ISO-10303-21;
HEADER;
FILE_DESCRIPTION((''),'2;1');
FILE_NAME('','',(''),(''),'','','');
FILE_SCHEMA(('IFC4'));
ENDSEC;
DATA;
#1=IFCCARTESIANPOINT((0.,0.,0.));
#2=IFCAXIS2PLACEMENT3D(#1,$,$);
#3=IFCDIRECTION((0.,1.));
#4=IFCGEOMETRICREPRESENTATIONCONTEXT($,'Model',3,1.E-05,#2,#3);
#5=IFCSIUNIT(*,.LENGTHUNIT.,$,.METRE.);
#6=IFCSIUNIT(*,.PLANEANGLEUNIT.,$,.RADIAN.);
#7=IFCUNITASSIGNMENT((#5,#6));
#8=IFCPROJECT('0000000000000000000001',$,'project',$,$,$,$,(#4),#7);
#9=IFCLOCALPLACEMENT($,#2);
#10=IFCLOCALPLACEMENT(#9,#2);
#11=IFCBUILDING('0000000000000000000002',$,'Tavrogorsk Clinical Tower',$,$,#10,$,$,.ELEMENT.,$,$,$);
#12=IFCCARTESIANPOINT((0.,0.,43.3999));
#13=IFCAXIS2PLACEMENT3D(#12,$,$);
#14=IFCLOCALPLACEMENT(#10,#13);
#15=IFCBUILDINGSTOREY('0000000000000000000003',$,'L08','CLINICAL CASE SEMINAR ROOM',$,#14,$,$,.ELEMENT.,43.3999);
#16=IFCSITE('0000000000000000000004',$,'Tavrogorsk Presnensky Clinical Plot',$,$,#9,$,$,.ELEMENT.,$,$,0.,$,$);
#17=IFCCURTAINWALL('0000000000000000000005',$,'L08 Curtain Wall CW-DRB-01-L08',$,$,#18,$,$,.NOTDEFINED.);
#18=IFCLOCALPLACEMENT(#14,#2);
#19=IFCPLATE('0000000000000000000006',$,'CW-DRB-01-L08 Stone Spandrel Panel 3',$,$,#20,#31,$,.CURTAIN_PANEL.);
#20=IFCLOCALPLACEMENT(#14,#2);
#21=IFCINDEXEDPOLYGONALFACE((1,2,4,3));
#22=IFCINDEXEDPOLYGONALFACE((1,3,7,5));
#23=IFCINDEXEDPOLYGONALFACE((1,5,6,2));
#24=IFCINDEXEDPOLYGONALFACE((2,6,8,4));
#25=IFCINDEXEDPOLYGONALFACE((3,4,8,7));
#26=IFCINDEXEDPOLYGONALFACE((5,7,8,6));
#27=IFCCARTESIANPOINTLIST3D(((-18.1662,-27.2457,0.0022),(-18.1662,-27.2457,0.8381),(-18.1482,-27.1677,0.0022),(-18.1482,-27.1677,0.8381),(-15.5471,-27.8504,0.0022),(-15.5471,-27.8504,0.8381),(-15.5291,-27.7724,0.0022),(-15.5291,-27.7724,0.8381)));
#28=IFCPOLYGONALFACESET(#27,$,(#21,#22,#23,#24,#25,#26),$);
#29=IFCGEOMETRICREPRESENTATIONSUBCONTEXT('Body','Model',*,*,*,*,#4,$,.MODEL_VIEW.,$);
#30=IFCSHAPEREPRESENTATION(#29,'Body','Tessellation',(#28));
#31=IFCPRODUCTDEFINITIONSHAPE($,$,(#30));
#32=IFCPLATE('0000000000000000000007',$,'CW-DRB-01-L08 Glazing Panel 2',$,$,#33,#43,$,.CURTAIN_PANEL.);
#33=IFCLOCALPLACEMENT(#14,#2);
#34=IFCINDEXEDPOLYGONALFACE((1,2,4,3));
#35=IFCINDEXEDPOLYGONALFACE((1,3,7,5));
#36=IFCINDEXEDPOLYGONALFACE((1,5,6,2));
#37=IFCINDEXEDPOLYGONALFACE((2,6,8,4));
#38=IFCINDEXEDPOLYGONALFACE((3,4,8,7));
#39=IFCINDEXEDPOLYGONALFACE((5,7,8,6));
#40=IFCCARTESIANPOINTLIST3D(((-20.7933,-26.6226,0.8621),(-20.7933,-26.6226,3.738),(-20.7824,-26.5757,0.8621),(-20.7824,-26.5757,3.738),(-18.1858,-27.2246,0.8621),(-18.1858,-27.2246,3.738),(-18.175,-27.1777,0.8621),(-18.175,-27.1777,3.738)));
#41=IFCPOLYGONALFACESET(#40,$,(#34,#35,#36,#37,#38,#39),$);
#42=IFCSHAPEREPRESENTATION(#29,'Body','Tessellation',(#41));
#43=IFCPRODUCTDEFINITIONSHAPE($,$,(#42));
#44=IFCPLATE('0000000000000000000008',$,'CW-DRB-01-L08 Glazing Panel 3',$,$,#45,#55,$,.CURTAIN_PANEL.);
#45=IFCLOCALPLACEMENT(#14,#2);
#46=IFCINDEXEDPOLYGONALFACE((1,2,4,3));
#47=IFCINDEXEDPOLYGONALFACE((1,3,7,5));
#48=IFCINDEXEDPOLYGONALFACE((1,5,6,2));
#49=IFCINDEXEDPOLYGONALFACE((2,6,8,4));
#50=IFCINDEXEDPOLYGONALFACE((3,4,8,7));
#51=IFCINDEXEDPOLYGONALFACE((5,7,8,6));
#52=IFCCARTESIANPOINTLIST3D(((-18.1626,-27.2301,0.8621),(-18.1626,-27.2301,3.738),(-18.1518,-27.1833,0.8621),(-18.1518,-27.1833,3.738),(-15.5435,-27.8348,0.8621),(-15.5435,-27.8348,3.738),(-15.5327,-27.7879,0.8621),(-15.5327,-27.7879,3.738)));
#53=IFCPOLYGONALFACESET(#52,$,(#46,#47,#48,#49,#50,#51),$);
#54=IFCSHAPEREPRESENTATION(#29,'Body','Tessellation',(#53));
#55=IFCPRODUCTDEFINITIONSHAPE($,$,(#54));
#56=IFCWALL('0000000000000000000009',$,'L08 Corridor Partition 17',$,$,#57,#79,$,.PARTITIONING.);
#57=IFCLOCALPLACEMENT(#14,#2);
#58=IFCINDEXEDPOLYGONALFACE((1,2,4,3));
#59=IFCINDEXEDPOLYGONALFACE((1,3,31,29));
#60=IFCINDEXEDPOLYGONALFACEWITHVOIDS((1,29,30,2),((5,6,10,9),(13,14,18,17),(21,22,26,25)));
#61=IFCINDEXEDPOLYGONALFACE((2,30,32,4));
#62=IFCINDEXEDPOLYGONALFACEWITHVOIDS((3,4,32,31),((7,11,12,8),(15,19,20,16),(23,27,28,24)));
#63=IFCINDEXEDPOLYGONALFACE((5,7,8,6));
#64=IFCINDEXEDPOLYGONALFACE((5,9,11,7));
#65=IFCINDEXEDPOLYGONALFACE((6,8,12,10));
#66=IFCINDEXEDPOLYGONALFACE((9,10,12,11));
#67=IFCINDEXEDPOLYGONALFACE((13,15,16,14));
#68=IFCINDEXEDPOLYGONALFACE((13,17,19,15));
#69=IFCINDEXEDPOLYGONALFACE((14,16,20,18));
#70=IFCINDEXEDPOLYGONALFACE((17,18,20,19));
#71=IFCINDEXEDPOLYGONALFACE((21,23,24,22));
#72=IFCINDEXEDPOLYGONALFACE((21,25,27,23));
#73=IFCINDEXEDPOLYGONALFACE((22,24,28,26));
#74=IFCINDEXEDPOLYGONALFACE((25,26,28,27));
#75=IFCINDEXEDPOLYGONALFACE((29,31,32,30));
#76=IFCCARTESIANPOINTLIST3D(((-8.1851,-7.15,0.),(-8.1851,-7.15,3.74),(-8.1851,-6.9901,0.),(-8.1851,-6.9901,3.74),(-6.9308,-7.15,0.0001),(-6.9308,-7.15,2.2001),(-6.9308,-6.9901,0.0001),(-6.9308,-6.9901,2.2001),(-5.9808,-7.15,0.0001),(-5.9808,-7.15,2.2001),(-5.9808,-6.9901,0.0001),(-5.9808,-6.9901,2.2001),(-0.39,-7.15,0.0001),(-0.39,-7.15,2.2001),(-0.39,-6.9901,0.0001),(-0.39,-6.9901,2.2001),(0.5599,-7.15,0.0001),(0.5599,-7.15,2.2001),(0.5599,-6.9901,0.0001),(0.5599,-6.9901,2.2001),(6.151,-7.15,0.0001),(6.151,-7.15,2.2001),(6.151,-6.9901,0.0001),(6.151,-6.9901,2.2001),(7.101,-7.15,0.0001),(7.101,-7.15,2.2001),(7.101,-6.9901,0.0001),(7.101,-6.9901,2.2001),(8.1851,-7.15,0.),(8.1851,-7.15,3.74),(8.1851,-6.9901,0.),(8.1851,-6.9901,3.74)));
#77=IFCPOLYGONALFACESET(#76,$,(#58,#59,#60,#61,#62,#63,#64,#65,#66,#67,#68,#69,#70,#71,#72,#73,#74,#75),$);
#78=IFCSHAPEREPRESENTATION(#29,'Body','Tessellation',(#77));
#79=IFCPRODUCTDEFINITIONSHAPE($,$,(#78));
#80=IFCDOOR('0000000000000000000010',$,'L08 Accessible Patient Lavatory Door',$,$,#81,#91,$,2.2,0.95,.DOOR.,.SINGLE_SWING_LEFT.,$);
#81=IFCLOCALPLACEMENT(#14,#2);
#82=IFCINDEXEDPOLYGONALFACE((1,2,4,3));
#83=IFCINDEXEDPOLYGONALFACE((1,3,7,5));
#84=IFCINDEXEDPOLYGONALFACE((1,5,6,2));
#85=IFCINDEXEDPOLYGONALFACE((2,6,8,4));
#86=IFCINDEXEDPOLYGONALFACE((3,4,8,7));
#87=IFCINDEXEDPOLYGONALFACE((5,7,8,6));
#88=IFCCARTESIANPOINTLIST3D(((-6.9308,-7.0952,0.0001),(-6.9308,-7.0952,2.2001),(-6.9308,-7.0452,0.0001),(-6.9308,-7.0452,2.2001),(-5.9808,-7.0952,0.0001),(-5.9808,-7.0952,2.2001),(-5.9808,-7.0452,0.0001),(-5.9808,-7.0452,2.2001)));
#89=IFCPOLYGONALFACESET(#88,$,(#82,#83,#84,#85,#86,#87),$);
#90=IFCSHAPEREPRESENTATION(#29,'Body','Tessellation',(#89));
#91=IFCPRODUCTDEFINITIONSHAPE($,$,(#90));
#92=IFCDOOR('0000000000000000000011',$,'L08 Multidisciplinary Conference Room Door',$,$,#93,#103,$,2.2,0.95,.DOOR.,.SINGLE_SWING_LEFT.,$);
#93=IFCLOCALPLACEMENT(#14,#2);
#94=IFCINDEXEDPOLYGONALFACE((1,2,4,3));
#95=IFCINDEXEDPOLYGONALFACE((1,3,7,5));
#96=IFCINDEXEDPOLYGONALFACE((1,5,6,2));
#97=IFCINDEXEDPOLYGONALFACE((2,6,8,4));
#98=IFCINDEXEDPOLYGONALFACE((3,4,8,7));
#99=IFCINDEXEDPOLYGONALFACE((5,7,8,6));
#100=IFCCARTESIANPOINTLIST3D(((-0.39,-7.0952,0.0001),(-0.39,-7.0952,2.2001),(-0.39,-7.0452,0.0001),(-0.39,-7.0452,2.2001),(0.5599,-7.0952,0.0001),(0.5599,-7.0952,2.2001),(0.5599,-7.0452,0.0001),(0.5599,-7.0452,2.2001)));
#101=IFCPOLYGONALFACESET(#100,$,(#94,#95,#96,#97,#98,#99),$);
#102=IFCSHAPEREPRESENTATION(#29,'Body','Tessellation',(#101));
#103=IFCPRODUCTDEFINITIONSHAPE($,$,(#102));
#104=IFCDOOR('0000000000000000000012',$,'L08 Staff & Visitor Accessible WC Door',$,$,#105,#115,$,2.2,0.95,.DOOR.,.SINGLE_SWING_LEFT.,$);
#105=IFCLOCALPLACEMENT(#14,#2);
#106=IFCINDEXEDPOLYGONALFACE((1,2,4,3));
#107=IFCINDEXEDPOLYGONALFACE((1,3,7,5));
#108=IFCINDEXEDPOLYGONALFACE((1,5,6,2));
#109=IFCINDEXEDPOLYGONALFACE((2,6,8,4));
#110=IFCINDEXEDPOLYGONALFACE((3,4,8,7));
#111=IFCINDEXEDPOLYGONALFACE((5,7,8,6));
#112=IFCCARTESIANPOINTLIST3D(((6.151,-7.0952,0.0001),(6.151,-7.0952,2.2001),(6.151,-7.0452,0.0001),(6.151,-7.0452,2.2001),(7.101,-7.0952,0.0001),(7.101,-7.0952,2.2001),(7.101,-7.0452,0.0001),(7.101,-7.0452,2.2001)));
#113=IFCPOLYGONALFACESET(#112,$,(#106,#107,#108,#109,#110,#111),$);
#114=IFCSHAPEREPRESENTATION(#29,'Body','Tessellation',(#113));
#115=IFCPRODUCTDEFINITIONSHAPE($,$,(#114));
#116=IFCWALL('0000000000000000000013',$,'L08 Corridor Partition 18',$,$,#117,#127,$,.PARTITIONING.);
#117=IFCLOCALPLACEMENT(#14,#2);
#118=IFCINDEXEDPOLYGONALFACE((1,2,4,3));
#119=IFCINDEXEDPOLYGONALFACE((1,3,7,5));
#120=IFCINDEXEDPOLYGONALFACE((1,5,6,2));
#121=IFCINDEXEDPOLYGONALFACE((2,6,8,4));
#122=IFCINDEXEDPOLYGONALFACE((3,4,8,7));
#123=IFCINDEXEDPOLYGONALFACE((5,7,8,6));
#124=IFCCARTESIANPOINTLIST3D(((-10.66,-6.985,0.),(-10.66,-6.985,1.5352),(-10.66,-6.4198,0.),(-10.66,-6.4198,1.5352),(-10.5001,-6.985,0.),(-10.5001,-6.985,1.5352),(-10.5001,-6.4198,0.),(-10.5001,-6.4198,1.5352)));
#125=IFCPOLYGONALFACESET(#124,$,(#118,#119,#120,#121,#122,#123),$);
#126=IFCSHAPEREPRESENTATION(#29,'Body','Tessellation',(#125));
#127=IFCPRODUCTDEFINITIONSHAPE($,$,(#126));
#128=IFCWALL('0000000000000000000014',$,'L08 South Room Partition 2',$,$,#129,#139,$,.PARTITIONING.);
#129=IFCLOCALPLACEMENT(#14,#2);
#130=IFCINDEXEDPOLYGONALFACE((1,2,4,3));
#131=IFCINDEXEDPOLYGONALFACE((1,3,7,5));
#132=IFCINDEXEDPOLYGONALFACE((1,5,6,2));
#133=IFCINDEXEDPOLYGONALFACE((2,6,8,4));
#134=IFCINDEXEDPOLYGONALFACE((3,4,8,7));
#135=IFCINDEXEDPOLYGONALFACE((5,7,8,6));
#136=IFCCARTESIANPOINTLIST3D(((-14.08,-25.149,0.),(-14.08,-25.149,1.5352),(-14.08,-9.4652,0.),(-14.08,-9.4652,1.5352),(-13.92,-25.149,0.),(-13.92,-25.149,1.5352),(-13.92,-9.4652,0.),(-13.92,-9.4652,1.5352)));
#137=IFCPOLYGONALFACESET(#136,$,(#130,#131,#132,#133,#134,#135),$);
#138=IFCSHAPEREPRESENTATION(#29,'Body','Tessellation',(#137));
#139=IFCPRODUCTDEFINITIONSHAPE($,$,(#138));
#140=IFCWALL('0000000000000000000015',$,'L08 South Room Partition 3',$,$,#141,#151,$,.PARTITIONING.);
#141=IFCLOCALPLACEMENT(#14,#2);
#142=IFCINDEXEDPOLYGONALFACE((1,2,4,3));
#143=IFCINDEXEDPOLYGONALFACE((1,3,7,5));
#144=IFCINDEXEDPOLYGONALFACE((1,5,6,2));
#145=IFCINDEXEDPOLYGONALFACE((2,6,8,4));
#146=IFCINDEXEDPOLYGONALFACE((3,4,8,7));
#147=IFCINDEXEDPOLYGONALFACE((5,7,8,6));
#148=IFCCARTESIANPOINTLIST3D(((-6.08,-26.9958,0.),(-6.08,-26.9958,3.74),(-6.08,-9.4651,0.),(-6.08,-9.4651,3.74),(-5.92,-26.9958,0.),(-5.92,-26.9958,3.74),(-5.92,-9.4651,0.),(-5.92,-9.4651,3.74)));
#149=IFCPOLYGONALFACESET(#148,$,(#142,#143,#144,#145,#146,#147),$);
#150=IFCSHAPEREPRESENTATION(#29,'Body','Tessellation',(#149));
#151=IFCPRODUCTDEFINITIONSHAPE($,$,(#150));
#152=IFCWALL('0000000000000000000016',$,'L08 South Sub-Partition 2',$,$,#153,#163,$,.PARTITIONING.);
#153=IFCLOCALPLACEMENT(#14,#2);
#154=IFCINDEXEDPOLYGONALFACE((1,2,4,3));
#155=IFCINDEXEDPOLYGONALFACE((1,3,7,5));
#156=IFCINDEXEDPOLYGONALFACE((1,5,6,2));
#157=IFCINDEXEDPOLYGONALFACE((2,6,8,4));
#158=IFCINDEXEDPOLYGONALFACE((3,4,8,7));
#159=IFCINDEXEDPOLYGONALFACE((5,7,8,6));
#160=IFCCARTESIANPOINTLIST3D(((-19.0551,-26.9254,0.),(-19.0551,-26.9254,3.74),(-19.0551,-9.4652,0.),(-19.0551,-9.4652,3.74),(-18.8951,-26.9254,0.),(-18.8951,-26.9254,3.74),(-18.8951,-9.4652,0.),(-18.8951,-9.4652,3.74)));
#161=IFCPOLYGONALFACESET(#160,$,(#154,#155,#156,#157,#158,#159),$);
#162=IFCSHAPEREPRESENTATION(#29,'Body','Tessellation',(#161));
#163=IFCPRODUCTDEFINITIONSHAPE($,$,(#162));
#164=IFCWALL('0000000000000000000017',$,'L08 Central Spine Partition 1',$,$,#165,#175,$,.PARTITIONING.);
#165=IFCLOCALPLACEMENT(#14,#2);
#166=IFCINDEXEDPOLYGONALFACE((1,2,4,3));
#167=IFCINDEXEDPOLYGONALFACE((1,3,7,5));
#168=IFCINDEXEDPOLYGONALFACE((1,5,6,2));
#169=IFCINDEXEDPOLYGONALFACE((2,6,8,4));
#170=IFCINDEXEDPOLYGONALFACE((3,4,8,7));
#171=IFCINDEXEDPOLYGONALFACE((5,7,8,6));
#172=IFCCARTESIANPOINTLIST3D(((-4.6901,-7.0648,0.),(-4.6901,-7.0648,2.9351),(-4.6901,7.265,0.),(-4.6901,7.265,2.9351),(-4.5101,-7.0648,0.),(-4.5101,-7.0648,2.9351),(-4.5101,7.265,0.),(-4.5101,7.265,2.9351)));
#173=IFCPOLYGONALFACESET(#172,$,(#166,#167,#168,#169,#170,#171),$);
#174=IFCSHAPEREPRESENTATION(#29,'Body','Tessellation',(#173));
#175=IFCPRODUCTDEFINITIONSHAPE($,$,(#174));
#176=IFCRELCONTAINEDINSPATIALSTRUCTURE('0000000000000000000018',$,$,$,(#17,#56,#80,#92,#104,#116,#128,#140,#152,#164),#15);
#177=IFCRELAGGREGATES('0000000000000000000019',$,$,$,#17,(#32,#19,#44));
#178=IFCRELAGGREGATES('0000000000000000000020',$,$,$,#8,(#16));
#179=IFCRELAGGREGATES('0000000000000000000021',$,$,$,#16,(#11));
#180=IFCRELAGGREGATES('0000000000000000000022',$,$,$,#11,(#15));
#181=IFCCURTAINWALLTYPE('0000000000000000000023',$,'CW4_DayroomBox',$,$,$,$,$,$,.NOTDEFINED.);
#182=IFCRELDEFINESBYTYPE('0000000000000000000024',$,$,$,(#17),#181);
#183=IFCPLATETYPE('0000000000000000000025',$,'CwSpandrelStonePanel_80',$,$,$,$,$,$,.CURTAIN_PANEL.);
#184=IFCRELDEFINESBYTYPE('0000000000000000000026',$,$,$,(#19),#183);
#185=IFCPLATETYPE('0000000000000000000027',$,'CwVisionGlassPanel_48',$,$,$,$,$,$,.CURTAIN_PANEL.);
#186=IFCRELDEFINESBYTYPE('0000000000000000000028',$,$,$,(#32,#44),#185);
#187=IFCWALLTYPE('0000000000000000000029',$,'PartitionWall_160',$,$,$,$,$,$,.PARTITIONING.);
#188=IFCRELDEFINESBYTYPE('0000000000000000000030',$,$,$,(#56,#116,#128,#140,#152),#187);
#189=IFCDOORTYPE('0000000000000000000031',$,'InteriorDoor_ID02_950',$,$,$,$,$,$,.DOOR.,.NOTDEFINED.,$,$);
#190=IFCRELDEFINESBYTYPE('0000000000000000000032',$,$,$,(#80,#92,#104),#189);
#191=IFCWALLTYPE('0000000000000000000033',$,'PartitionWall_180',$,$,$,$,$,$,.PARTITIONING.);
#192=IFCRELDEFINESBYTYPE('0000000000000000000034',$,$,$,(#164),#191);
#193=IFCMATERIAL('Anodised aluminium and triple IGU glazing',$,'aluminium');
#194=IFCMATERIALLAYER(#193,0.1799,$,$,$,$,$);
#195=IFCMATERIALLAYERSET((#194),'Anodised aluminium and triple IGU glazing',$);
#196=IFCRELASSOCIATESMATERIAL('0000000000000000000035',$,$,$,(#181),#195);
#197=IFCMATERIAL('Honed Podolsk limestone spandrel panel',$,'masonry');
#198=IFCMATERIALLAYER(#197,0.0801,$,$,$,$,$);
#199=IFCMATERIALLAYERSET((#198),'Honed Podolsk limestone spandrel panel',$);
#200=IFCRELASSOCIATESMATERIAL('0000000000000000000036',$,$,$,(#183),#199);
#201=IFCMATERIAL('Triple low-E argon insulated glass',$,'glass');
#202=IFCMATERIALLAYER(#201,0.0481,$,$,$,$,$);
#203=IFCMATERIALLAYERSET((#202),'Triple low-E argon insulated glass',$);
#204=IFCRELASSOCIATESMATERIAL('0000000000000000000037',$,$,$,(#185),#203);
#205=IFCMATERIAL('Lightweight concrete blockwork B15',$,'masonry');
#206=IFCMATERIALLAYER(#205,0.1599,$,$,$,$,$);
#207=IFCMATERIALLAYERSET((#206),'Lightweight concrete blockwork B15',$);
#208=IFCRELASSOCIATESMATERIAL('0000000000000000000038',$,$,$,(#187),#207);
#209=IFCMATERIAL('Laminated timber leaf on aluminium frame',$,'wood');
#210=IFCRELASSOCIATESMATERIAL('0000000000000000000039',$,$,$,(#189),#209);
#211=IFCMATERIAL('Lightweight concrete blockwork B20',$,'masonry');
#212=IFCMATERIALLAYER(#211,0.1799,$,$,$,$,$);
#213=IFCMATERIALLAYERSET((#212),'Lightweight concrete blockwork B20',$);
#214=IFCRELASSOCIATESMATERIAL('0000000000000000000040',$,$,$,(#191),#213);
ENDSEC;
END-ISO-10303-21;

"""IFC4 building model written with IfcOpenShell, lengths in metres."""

from ifc_helpers import new_model, si_unit, direction, frame, frame_2d, origin, origin_2d, place, context, subcontext, project, spatial, rectangle, extrude, material, layer, layer_set, type_object, element, fill, aggregate, save


model = new_model("IFC4")

# Units and contexts
model_context = context("Model", 3, precision=1e-05, world=origin(), true_north=direction((0.0, 1.0)))
body_context = subcontext(model_context, "Body", "Model", "MODEL_VIEW")
ifc_project = project(units=[si_unit("LENGTHUNIT", "METRE"), si_unit("PLANEANGLEUNIT", "RADIAN")], contexts=[model_context])

# Site, building, storey
site_placement = place(None, origin())
site = spatial("IfcSite", under=ifc_project, at=site_placement, Name="Tavrogorsk Presnensky Clinical Plot", CompositionType="ELEMENT", RefElevation=0.0)
building_placement = place(site_placement, origin())
building = spatial("IfcBuilding", under=site, at=building_placement, Name="Tavrogorsk Clinical Tower", CompositionType="ELEMENT")
storey_placement = place(building_placement, frame((0.0, 0.0, 43.3999)))
storey = spatial("IfcBuildingStorey", under=building, at=storey_placement, Name="L08", Description="CLINICAL CASE SEMINAR ROOM", CompositionType="ELEMENT", Elevation=43.3999)

# Curtain wall
ifc_material_1 = material(Name="Anodised aluminium and triple IGU glazing", Category="aluminium")
ifc_layer_1 = layer(ifc_material_1, 0.1799)
ifc_layer_set_1 = layer_set([ifc_layer_1], Name="Anodised aluminium and triple IGU glazing")
curtain_wall_type = type_object("IfcCurtainWallType", Name="CW4_DayroomBox", PredefinedType="NOTDEFINED", material=ifc_layer_set_1)
curtain_wall_placement = place(storey_placement, origin())
curtain_wall = element("IfcCurtainWall", 1, at=curtain_wall_placement, inside=storey, type_object=curtain_wall_type, Name="L08 Curtain Wall CW-DRB-01-L08", PredefinedType="NOTDEFINED")

# Plates
ifc_material_2 = material(Name="Honed Podolsk limestone spandrel panel", Category="masonry")
ifc_layer_2 = layer(ifc_material_2, 0.0801)
ifc_layer_set_2 = layer_set([ifc_layer_2], Name="Honed Podolsk limestone spandrel panel")
plate_type_1 = type_object("IfcPlateType", Name="CwSpandrelStonePanel_80", PredefinedType="CURTAIN_PANEL", material=ifc_layer_set_2)
plate_1_placement = place(storey_placement, frame((-16.8477, -27.509, 0.0022), z_axis=(0.0, 0.0, 1.0), x_axis=(0.97437, -0.224951, 0.0)))
plate_1 = element("IfcPlate", 2, at=plate_1_placement, type_object=plate_type_1, Name="CW-DRB-01-L08 Stone Spandrel Panel 3", PredefinedType="CURTAIN_PANEL", context=body_context, shape_type="SweptSolid", body=[
    extrude(rectangle(XDim=2.688, YDim=0.0801, at=origin_2d()), origin(), (0.0, 0.0, 1.0), 0.8359),
])
ifc_material_3 = material(Name="Triple low-E argon insulated glass", Category="glass")
ifc_layer_3 = layer(ifc_material_3, 0.0481)
ifc_layer_set_3 = layer_set([ifc_layer_3], Name="Triple low-E argon insulated glass")
plate_type_2 = type_object("IfcPlateType", Name="CwVisionGlassPanel_48", PredefinedType="CURTAIN_PANEL", material=ifc_layer_set_3)
plate_2_placement = place(storey_placement, frame((-19.4841, -26.9001, 0.8621), z_axis=(0.0, 0.0, 1.0), x_axis=(0.97437, -0.224951, 0.0)))
plate_2 = element("IfcPlate", 3, at=plate_2_placement, type_object=plate_type_2, Name="CW-DRB-01-L08 Glazing Panel 2", PredefinedType="CURTAIN_PANEL", context=body_context, shape_type="SweptSolid", body=[
    extrude(rectangle(XDim=2.676, YDim=0.0481, at=origin_2d()), origin(), (0.0, 0.0, 1.0), 2.876),
])
plate_3_placement = place(storey_placement, frame((-16.8477, -27.509, 0.8621), z_axis=(0.0, 0.0, 1.0), x_axis=(0.97437, -0.224951, 0.0)))
plate_3 = element("IfcPlate", 4, at=plate_3_placement, type_object=plate_type_2, Name="CW-DRB-01-L08 Glazing Panel 3", PredefinedType="CURTAIN_PANEL", context=body_context, shape_type="SweptSolid", body=[
    extrude(rectangle(XDim=2.688, YDim=0.0481, at=origin_2d()), origin(), (0.0, 0.0, 1.0), 2.876),
])
aggregate(curtain_wall, [plate_2, plate_1, plate_3])

# Wall, openings, doors
ifc_material_4 = material(Name="Lightweight concrete blockwork B15", Category="masonry")
ifc_layer_4 = layer(ifc_material_4, 0.1599)
ifc_layer_set_4 = layer_set([ifc_layer_4], Name="Lightweight concrete blockwork B15")
wall_type_1 = type_object("IfcWallType", Name="PartitionWall_160", PredefinedType="PARTITIONING", material=ifc_layer_set_4)
wall_1_placement = place(storey_placement, frame((-8.1851, -7.0701, 0.0), z_axis=(0.0, 0.0, 1.0), x_axis=(1.0, 0.0, 0.0)))
wall_1 = element("IfcWall", 5, at=wall_1_placement, inside=storey, type_object=wall_type_1, Name="L08 Corridor Partition 17", PredefinedType="PARTITIONING", context=body_context, shape_type="SweptSolid", body=[
    extrude(rectangle(XDim=16.3701, YDim=0.1599, at=frame_2d((8.1851, 0.0))), origin(), (0.0, 0.0, 1.0), 3.74),
])
opening_1_placement = place(wall_1_placement, frame((1.2542, 0.0, 0.0)))
opening_1 = element("IfcOpeningElement", 6, at=opening_1_placement, cuts=wall_1, PredefinedType="OPENING", context=body_context, shape_type="SweptSolid", body=[
    extrude(rectangle(XDim=0.95, YDim=2.2, at=frame_2d((0.4751, 1.1001))), frame((0.0, 0.0898, 0.0), z_axis=(0.0, -1.0, 0.0), x_axis=(1.0, 0.0, 0.0)), (0.0, 0.0, 1.0), 0.1799),
])
opening_2_placement = place(wall_1_placement, frame((7.7949, 0.0, 0.0)))
opening_2 = element("IfcOpeningElement", 7, at=opening_2_placement, cuts=wall_1, PredefinedType="OPENING", context=body_context, shape_type="SweptSolid", body=[
    extrude(rectangle(XDim=0.95, YDim=2.2, at=frame_2d((0.4751, 1.1001))), frame((0.0, 0.0898, 0.0), z_axis=(0.0, -1.0, 0.0), x_axis=(1.0, 0.0, 0.0)), (0.0, 0.0, 1.0), 0.1799),
])
opening_3_placement = place(wall_1_placement, frame((14.3359, 0.0, 0.0)))
opening_3 = element("IfcOpeningElement", 8, at=opening_3_placement, cuts=wall_1, PredefinedType="OPENING", context=body_context, shape_type="SweptSolid", body=[
    extrude(rectangle(XDim=0.95, YDim=2.2, at=frame_2d((0.4751, 1.1001))), frame((0.0, 0.0898, 0.0), z_axis=(0.0, -1.0, 0.0), x_axis=(1.0, 0.0, 0.0)), (0.0, 0.0, 1.0), 0.1799),
])
ifc_material_5 = material(Name="Laminated timber leaf on aluminium frame", Category="wood")
door_type = type_object("IfcDoorType", Name="InteriorDoor_ID02_950", OperationType="NOTDEFINED", PredefinedType="DOOR", material=ifc_material_5)
door_1_placement = place(opening_1_placement, origin())
door_1 = element("IfcDoor", 9, at=door_1_placement, inside=storey, type_object=door_type, Name="L08 Accessible Patient Lavatory Door", OperationType="SINGLE_SWING_LEFT", OverallHeight=2.2, OverallWidth=0.95, PredefinedType="DOOR", context=body_context, shape_type="SweptSolid", body=[
    extrude(rectangle(XDim=0.95, YDim=2.2, at=frame_2d((0.4751, 1.1001))), frame((0.0, 0.0249, 0.0), z_axis=(0.0, -1.0, 0.0), x_axis=(1.0, 0.0, 0.0)), (0.0, 0.0, 1.0), 0.05),
])
fill(opening_1, door_1)
door_2_placement = place(opening_2_placement, origin())
door_2 = element("IfcDoor", 10, at=door_2_placement, inside=storey, type_object=door_type, Name="L08 Multidisciplinary Conference Room Door", OperationType="SINGLE_SWING_LEFT", OverallHeight=2.2, OverallWidth=0.95, PredefinedType="DOOR", context=body_context, shape_type="SweptSolid", body=[
    extrude(rectangle(XDim=0.95, YDim=2.2, at=frame_2d((0.4751, 1.1001))), frame((0.0, 0.0249, 0.0), z_axis=(0.0, -1.0, 0.0), x_axis=(1.0, 0.0, 0.0)), (0.0, 0.0, 1.0), 0.05),
])
fill(opening_2, door_2)
door_3_placement = place(opening_3_placement, origin())
door_3 = element("IfcDoor", 11, at=door_3_placement, inside=storey, type_object=door_type, Name="L08 Staff & Visitor Accessible WC Door", OperationType="SINGLE_SWING_LEFT", OverallHeight=2.2, OverallWidth=0.95, PredefinedType="DOOR", context=body_context, shape_type="SweptSolid", body=[
    extrude(rectangle(XDim=0.95, YDim=2.2, at=frame_2d((0.4751, 1.1001))), frame((0.0, 0.0249, 0.0), z_axis=(0.0, -1.0, 0.0), x_axis=(1.0, 0.0, 0.0)), (0.0, 0.0, 1.0), 0.05),
])
fill(opening_3, door_3)

# Walls
wall_2_placement = place(storey_placement, frame((-10.5801, -6.9851, 0.0), z_axis=(0.0, 0.0, 1.0), x_axis=(0.0, 1.0, 0.0)))
element("IfcWall", 12, at=wall_2_placement, inside=storey, type_object=wall_type_1, Name="L08 Corridor Partition 18", PredefinedType="PARTITIONING", context=body_context, shape_type="SweptSolid", body=[
    extrude(rectangle(XDim=0.5652, YDim=0.1599, at=frame_2d((0.2827, 0.0))), origin(), (0.0, 0.0, 1.0), 1.5352),
])
wall_3_placement = place(storey_placement, frame((-14.0, -25.1489, 0.0), z_axis=(0.0, 0.0, 1.0), x_axis=(0.0, 1.0, 0.0)))
element("IfcWall", 13, at=wall_3_placement, inside=storey, type_object=wall_type_1, Name="L08 South Room Partition 2", PredefinedType="PARTITIONING", context=body_context, shape_type="SweptSolid", body=[
    extrude(rectangle(XDim=15.6838, YDim=0.1599, at=frame_2d((7.8418, 0.0))), origin(), (0.0, 0.0, 1.0), 1.5352),
])
wall_4_placement = place(storey_placement, frame((-6.0, -26.9958, 0.0), z_axis=(0.0, 0.0, 1.0), x_axis=(0.0, 1.0, 0.0)))
element("IfcWall", 14, at=wall_4_placement, inside=storey, type_object=wall_type_1, Name="L08 South Room Partition 3", PredefinedType="PARTITIONING", context=body_context, shape_type="SweptSolid", body=[
    extrude(rectangle(XDim=17.5308, YDim=0.1599, at=frame_2d((8.7654, 0.0))), origin(), (0.0, 0.0, 1.0), 3.74),
])
wall_5_placement = place(storey_placement, frame((-18.9751, -26.9253, 0.0), z_axis=(0.0, 0.0, 1.0), x_axis=(0.0, 1.0, 0.0)))
element("IfcWall", 15, at=wall_5_placement, inside=storey, type_object=wall_type_1, Name="L08 South Sub-Partition 2", PredefinedType="PARTITIONING", context=body_context, shape_type="SweptSolid", body=[
    extrude(rectangle(XDim=17.4602, YDim=0.1599, at=frame_2d((8.73, 0.0))), origin(), (0.0, 0.0, 1.0), 3.74),
])
ifc_material_6 = material(Name="Lightweight concrete blockwork B20", Category="masonry")
ifc_layer_5 = layer(ifc_material_6, 0.1799)
ifc_layer_set_5 = layer_set([ifc_layer_5], Name="Lightweight concrete blockwork B20")
wall_type_2 = type_object("IfcWallType", Name="PartitionWall_180", PredefinedType="PARTITIONING", material=ifc_layer_set_5)
wall_6_placement = place(storey_placement, frame((-4.6001, -7.0649, 0.0), z_axis=(0.0, 0.0, 1.0), x_axis=(0.0, 1.0, 0.0)))
element("IfcWall", 16, at=wall_6_placement, inside=storey, type_object=wall_type_2, Name="L08 Central Spine Partition 1", PredefinedType="PARTITIONING", context=body_context, shape_type="SweptSolid", body=[
    extrude(rectangle(XDim=14.3298, YDim=0.1799, at=frame_2d((7.165, 0.0))), origin(), (0.0, 0.0, 1.0), 2.9351),
])

save(model, "model.ifc")
